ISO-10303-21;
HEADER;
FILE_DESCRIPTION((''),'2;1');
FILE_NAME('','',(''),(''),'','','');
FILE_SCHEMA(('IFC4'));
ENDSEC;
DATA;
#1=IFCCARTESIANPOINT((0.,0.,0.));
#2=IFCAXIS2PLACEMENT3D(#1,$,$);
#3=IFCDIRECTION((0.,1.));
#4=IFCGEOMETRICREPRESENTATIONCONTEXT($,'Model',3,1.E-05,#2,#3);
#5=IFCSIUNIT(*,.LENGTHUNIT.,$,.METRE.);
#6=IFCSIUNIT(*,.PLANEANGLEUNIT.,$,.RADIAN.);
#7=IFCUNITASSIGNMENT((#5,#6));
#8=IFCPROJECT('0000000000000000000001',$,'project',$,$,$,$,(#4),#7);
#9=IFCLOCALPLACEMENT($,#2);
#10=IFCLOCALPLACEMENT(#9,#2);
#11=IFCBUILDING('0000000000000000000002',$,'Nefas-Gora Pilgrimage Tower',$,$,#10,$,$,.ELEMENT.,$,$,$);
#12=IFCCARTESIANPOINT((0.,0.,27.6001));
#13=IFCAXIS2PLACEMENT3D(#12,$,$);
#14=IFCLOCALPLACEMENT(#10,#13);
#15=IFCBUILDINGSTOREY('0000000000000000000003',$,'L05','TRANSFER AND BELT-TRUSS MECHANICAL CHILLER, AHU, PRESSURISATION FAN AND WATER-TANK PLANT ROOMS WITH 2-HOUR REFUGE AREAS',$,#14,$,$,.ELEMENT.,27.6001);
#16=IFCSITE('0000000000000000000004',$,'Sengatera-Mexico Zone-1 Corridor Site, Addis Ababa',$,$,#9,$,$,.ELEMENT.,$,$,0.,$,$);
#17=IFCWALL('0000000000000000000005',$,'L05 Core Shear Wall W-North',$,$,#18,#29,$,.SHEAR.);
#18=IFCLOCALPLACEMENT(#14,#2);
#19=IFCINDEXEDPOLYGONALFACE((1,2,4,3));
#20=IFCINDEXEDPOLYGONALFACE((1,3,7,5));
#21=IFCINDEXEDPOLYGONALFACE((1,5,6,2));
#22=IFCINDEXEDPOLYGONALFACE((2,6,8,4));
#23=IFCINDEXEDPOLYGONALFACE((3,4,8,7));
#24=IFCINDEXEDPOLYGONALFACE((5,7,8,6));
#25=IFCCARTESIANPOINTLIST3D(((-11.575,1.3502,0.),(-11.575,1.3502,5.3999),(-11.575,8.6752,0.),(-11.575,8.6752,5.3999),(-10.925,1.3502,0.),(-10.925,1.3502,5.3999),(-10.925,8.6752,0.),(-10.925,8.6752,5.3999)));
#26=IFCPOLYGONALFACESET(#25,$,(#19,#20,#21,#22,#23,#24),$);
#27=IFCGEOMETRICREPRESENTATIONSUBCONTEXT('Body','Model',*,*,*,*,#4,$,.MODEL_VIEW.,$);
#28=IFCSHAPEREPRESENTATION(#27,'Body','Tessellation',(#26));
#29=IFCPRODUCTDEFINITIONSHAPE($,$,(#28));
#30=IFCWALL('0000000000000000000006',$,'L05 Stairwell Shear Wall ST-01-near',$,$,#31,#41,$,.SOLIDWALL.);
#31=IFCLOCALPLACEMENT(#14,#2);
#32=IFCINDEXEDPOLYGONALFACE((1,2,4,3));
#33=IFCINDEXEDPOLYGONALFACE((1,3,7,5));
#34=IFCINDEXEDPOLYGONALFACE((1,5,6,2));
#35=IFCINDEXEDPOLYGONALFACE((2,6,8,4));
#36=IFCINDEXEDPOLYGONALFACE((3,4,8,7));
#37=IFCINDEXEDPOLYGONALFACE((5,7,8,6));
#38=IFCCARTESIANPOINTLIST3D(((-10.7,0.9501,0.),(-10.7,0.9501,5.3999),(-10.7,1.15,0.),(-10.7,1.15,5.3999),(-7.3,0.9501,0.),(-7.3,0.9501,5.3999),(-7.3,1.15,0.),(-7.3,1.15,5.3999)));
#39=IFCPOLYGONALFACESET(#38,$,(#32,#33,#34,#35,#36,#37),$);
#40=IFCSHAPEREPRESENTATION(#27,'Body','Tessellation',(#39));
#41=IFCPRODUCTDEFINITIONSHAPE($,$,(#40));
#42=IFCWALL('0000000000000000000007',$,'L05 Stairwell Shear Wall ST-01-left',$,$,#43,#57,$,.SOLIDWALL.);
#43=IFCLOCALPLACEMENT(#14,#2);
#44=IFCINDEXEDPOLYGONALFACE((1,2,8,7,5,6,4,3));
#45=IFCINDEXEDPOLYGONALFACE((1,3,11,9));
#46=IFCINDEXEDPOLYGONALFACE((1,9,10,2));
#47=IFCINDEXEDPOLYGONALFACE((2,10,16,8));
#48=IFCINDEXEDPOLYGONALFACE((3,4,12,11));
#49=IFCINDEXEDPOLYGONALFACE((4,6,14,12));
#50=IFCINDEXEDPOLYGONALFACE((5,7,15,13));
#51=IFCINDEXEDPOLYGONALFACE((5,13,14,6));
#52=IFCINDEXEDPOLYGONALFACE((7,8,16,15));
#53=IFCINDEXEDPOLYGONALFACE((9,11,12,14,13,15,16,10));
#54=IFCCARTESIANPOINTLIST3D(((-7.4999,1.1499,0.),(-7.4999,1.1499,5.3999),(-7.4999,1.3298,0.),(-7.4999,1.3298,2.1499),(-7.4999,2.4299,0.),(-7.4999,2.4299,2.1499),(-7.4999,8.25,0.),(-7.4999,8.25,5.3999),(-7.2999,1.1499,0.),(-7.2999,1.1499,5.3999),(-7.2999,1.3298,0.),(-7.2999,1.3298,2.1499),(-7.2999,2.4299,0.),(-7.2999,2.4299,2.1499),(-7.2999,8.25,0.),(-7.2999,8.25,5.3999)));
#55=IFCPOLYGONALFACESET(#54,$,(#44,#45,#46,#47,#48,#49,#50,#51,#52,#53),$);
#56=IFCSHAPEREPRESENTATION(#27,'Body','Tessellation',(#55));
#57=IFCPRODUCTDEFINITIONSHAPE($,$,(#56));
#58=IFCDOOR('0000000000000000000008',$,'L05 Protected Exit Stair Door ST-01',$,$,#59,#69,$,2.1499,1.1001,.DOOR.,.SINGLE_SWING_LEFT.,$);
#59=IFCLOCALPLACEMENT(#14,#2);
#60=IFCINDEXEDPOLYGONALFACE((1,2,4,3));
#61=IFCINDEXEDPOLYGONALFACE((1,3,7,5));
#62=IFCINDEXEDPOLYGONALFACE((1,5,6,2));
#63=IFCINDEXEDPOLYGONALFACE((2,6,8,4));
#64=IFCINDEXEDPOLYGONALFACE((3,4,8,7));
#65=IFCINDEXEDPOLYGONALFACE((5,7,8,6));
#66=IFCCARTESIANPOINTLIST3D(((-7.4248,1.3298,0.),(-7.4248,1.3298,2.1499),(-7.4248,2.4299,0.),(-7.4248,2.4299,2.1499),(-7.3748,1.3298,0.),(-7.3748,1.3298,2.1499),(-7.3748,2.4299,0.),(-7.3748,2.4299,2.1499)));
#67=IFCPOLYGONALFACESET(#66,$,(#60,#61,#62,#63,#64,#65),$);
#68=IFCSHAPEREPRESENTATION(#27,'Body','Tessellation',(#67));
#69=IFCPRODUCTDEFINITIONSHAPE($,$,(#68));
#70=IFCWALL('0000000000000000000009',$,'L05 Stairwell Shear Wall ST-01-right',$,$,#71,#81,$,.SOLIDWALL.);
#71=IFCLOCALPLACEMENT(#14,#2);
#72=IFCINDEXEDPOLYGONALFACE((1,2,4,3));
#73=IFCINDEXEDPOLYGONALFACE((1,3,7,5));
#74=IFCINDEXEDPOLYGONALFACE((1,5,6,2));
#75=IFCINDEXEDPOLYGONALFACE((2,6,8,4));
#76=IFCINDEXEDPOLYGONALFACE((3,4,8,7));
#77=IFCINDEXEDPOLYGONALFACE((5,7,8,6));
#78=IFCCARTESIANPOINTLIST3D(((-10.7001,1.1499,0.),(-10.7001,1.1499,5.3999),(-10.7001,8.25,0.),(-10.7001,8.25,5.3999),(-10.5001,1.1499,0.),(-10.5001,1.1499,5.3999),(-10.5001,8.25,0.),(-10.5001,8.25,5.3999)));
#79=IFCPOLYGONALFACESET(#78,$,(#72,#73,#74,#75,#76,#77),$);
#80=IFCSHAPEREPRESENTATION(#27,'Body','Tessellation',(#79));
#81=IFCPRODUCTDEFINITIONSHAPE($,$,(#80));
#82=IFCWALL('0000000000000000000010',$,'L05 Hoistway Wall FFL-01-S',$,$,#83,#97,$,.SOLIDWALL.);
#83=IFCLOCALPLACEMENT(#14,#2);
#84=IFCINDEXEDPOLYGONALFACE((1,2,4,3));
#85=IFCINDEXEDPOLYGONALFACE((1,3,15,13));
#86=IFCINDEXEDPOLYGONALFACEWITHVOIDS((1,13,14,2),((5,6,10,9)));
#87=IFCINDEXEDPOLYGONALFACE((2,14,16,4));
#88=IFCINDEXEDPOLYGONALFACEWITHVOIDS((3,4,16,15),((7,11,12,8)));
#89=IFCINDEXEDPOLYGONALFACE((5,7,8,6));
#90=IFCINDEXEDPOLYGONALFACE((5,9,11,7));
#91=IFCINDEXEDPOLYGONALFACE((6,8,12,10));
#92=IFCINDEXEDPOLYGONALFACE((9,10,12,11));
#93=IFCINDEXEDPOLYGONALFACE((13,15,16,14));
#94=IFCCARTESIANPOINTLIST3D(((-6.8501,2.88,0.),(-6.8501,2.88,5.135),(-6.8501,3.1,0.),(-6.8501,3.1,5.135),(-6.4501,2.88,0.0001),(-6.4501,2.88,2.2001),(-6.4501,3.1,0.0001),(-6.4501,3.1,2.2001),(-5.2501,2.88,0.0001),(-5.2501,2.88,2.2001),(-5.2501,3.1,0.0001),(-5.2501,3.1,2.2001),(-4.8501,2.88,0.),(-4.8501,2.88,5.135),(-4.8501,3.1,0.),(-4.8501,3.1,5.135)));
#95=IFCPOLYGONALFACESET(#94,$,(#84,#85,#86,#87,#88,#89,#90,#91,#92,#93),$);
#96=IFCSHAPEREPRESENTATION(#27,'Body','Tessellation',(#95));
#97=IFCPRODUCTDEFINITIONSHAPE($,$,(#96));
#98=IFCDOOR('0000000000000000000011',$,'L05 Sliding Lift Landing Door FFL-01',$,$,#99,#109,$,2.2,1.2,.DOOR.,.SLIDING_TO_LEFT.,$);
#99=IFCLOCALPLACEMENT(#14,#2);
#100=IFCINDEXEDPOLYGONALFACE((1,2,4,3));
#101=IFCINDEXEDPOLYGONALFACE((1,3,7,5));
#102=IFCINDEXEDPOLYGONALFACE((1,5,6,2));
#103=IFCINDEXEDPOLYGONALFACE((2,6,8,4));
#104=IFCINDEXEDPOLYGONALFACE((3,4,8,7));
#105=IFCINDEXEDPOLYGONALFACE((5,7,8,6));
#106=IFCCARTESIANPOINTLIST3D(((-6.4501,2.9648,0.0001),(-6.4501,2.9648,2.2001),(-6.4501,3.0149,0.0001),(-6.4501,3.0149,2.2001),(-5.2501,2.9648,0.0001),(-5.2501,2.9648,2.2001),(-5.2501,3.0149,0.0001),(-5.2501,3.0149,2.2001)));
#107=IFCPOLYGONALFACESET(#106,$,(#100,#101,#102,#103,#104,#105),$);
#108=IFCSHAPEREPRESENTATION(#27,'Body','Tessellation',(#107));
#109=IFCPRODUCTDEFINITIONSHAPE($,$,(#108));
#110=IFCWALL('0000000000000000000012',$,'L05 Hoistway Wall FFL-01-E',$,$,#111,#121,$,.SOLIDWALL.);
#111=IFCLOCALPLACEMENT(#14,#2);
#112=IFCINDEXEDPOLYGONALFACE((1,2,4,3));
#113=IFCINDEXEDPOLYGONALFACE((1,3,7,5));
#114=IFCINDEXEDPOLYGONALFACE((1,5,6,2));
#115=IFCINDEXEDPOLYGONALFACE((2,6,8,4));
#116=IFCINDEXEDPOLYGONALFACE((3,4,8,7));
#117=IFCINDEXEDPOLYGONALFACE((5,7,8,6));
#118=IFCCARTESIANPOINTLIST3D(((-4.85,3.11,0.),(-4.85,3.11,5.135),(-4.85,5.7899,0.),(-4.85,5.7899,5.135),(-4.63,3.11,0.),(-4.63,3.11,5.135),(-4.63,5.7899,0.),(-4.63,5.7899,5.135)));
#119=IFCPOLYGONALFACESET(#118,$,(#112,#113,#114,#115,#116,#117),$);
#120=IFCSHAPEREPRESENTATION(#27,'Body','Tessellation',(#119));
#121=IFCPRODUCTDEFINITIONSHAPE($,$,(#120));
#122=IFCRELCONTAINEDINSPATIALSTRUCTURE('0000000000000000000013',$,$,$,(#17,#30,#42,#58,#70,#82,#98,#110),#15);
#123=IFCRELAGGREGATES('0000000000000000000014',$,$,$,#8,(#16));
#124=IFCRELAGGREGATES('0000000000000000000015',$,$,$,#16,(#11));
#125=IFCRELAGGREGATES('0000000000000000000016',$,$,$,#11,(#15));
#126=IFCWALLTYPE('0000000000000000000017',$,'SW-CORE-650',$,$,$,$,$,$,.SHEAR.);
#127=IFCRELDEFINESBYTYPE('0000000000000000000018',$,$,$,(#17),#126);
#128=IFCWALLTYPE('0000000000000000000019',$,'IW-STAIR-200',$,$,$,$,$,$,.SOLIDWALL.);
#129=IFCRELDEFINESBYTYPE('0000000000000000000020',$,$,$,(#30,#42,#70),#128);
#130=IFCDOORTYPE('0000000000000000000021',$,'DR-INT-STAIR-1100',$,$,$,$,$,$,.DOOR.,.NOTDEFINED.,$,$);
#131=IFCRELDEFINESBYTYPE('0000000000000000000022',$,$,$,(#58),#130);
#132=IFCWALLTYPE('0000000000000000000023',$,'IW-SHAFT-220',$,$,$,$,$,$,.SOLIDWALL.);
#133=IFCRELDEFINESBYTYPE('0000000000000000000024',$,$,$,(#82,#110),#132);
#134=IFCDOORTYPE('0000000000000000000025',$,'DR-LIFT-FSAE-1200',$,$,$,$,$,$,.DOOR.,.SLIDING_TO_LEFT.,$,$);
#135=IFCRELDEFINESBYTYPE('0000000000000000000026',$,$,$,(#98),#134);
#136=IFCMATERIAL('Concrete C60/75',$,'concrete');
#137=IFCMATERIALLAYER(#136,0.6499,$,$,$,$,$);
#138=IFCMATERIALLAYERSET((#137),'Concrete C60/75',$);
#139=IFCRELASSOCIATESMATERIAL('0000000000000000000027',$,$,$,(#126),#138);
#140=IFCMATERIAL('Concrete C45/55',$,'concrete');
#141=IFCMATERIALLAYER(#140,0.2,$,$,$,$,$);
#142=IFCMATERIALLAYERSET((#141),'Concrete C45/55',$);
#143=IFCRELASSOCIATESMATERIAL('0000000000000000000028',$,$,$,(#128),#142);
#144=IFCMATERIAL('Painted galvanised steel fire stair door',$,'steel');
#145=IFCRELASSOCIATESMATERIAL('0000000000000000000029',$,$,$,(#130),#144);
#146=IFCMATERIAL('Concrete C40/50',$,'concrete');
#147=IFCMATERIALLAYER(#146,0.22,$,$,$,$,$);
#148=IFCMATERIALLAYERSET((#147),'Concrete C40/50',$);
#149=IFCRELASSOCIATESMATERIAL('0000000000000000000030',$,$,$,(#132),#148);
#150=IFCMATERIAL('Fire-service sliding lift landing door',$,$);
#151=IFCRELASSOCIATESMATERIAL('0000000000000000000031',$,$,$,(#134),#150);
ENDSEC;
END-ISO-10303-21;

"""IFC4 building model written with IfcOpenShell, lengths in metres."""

from ifc_helpers import new_model, si_unit, direction, frame, frame_2d, origin, place, context, subcontext, project, spatial, rectangle, extrude, source, transform, mapped, material, layer, layer_set, type_object, element, fill, save


model = new_model("IFC4")

# Units and contexts
model_context = context("Model", 3, precision=1e-05, world=origin(), true_north=direction((0.0, 1.0)))
body_context = subcontext(model_context, "Body", "Model", "MODEL_VIEW")
ifc_project = project(units=[si_unit("LENGTHUNIT", "METRE"), si_unit("PLANEANGLEUNIT", "RADIAN")], contexts=[model_context])

# Site, building, storey
site_placement = place(None, origin())
site = spatial("IfcSite", under=ifc_project, at=site_placement, Name="Sengatera-Mexico Zone-1 Corridor Site, Addis Ababa", CompositionType="ELEMENT", RefElevation=0.0)
building_placement = place(site_placement, origin())
building = spatial("IfcBuilding", under=site, at=building_placement, Name="Nefas-Gora Pilgrimage Tower", CompositionType="ELEMENT")
storey_placement = place(building_placement, frame((0.0, 0.0, 27.6001)))
storey = spatial("IfcBuildingStorey", under=building, at=storey_placement, Name="L05", Description="TRANSFER AND BELT-TRUSS MECHANICAL CHILLER, AHU, PRESSURISATION FAN AND WATER-TANK PLANT ROOMS WITH 2-HOUR REFUGE AREAS", CompositionType="ELEMENT", Elevation=27.6001)

# Walls
ifc_material_1 = material(Name="Concrete C60/75", Category="concrete")
ifc_layer_1 = layer(ifc_material_1, 0.6499)
ifc_layer_set_1 = layer_set([ifc_layer_1], Name="Concrete C60/75")
wall_type_1 = type_object("IfcWallType", Name="SW-CORE-650", PredefinedType="SHEAR", material=ifc_layer_set_1)
shared_shape_1 = source(origin(), body_context, "Body", "SweptSolid", [
    extrude(rectangle(XDim=7.325, YDim=0.6499, at=frame_2d((3.6626, 0.0))), origin(), (0.0, 0.0, 1.0), 5.3999),
])
wall_1_placement = place(storey_placement, frame((-11.25, 1.3501, 0.0), z_axis=(0.0, 0.0, 1.0), x_axis=(0.0, 1.0, 0.0)))
element("IfcWall", 1, at=wall_1_placement, inside=storey, type_object=wall_type_1, Name="L05 Core Shear Wall W-North", PredefinedType="SHEAR", context=body_context, shape_type="MappedRepresentation", body=[
    mapped(shared_shape_1, transform((0.0, 0.0, 0.0), x_axis=(1.0, 0.0, 0.0), y_axis=(0.0, 1.0, 0.0), z_axis=(0.0, 0.0, 1.0), scale=1.0)),
])
ifc_material_2 = material(Name="Concrete C45/55", Category="concrete")
ifc_layer_2 = layer(ifc_material_2, 0.2)
ifc_layer_set_2 = layer_set([ifc_layer_2], Name="Concrete C45/55")
wall_type_2 = type_object("IfcWallType", Name="IW-STAIR-200", PredefinedType="SOLIDWALL", material=ifc_layer_set_2)
shared_shape_2 = source(origin(), body_context, "Body", "SweptSolid", [
    extrude(rectangle(XDim=3.3999, YDim=0.2, at=frame_2d((1.7, 0.0))), origin(), (0.0, 0.0, 1.0), 5.3999),
])
wall_2_placement = place(storey_placement, frame((-7.3, 1.05, 0.0), z_axis=(0.0, 0.0, 1.0), x_axis=(-1.0, 0.0, 0.0)))
element("IfcWall", 2, at=wall_2_placement, inside=storey, type_object=wall_type_2, Name="L05 Stairwell Shear Wall ST-01-near", PredefinedType="SOLIDWALL", context=body_context, shape_type="MappedRepresentation", body=[
    mapped(shared_shape_2, transform((0.0, 0.0, 0.0), x_axis=(1.0, 0.0, 0.0), y_axis=(0.0, 1.0, 0.0), z_axis=(0.0, 0.0, 1.0), scale=1.0)),
])

# Wall, opening, door
shared_shape_3 = source(origin(), body_context, "Body", "SweptSolid", [
    extrude(rectangle(XDim=7.1001, YDim=0.2, at=frame_2d((3.55, 0.0))), origin(), (0.0, 0.0, 1.0), 5.3999),
])
wall_3_placement = place(storey_placement, frame((-7.3999, 1.1499, 0.0), z_axis=(0.0, 0.0, 1.0), x_axis=(0.0, 1.0, 0.0)))
wall_3 = element("IfcWall", 3, at=wall_3_placement, inside=storey, type_object=wall_type_2, Name="L05 Stairwell Shear Wall ST-01-left", PredefinedType="SOLIDWALL", context=body_context, shape_type="MappedRepresentation", body=[
    mapped(shared_shape_3, transform((0.0, 0.0, 0.0), x_axis=(1.0, 0.0, 0.0), y_axis=(0.0, 1.0, 0.0), z_axis=(0.0, 0.0, 1.0), scale=1.0)),
])
opening_1_placement = place(wall_3_placement, frame((0.1799, 0.0, 0.0)))
opening_1 = element("IfcOpeningElement", 4, at=opening_1_placement, cuts=wall_3, PredefinedType="OPENING", context=body_context, shape_type="SweptSolid", body=[
    extrude(rectangle(XDim=1.1001, YDim=2.1499, at=frame_2d((0.55, 1.075))), frame((0.0, 0.1099, 0.0), z_axis=(0.0, -1.0, 0.0), x_axis=(1.0, 0.0, 0.0)), (0.0, 0.0, 1.0), 0.22),
])
ifc_material_3 = material(Name="Painted galvanised steel fire stair door", Category="steel")
door_type_1 = type_object("IfcDoorType", Name="DR-INT-STAIR-1100", OperationType="NOTDEFINED", PredefinedType="DOOR", material=ifc_material_3)
shared_shape_4 = source(origin(), body_context, "Body", "SweptSolid", [
    extrude(rectangle(XDim=1.1001, YDim=2.1499, at=frame_2d((0.55, 1.075))), frame((0.0, 0.0249, 0.0), z_axis=(0.0, -1.0, 0.0), x_axis=(1.0, 0.0, 0.0)), (0.0, 0.0, 1.0), 0.05),
])
door_1_placement = place(opening_1_placement, origin())
door_1 = element("IfcDoor", 5, at=door_1_placement, inside=storey, type_object=door_type_1, Name="L05 Protected Exit Stair Door ST-01", OperationType="SINGLE_SWING_LEFT", OverallHeight=2.1499, OverallWidth=1.1001, PredefinedType="DOOR", context=body_context, shape_type="MappedRepresentation", body=[
    mapped(shared_shape_4, transform((0.0, 0.0, 0.0), x_axis=(1.0, 0.0, 0.0), y_axis=(0.0, 1.0, 0.0), z_axis=(0.0, 0.0, 1.0), scale=1.0)),
])
fill(opening_1, door_1)

# Wall
wall_4_placement = place(storey_placement, frame((-10.6001, 1.1499, 0.0), z_axis=(0.0, 0.0, 1.0), x_axis=(0.0, 1.0, 0.0)))
element("IfcWall", 6, at=wall_4_placement, inside=storey, type_object=wall_type_2, Name="L05 Stairwell Shear Wall ST-01-right", PredefinedType="SOLIDWALL", context=body_context, shape_type="MappedRepresentation", body=[
    mapped(shared_shape_3, transform((0.0, 0.0, 0.0), x_axis=(1.0, 0.0, 0.0), y_axis=(0.0, 1.0, 0.0), z_axis=(0.0, 0.0, 1.0), scale=1.0)),
])

# Wall, opening, door
ifc_material_4 = material(Name="Concrete C40/50", Category="concrete")
ifc_layer_3 = layer(ifc_material_4, 0.22)
ifc_layer_set_3 = layer_set([ifc_layer_3], Name="Concrete C40/50")
wall_type_3 = type_object("IfcWallType", Name="IW-SHAFT-220", PredefinedType="SOLIDWALL", material=ifc_layer_set_3)
shared_shape_5 = source(origin(), body_context, "Body", "SweptSolid", [
    extrude(rectangle(XDim=2.0, YDim=0.22, at=frame_2d((1.0, 0.0))), origin(), (0.0, 0.0, 1.0), 5.135),
])
wall_5_placement = place(storey_placement, frame((-6.8501, 2.99, 0.0), z_axis=(0.0, 0.0, 1.0), x_axis=(1.0, 0.0, 0.0)))
wall_5 = element("IfcWall", 7, at=wall_5_placement, inside=storey, type_object=wall_type_3, Name="L05 Hoistway Wall FFL-01-S", PredefinedType="SOLIDWALL", context=body_context, shape_type="MappedRepresentation", body=[
    mapped(shared_shape_5, transform((0.0, 0.0, 0.0), x_axis=(1.0, 0.0, 0.0), y_axis=(0.0, 1.0, 0.0), z_axis=(0.0, 0.0, 1.0), scale=1.0)),
])
opening_2_placement = place(wall_5_placement, frame((0.3999, 0.0, 0.0)))
opening_2 = element("IfcOpeningElement", 8, at=opening_2_placement, cuts=wall_5, PredefinedType="OPENING", context=body_context, shape_type="SweptSolid", body=[
    extrude(rectangle(XDim=1.2, YDim=2.2, at=frame_2d((0.6001, 1.1001))), frame((0.0, 0.1199, 0.0), z_axis=(0.0, -1.0, 0.0), x_axis=(1.0, 0.0, 0.0)), (0.0, 0.0, 1.0), 0.24),
])
ifc_material_5 = material(Name="Fire-service sliding lift landing door")
door_type_2 = type_object("IfcDoorType", Name="DR-LIFT-FSAE-1200", OperationType="SLIDING_TO_LEFT", PredefinedType="DOOR", material=ifc_material_5)
shared_shape_6 = source(origin(), body_context, "Body", "SweptSolid", [
    extrude(rectangle(XDim=1.2, YDim=2.2, at=frame_2d((0.6001, 1.1001))), frame((0.0, 0.0249, 0.0), z_axis=(0.0, -1.0, 0.0), x_axis=(1.0, 0.0, 0.0)), (0.0, 0.0, 1.0), 0.05),
])
door_2_placement = place(opening_2_placement, origin())
door_2 = element("IfcDoor", 9, at=door_2_placement, inside=storey, type_object=door_type_2, Name="L05 Sliding Lift Landing Door FFL-01", OperationType="SLIDING_TO_LEFT", OverallHeight=2.2, OverallWidth=1.2, PredefinedType="DOOR", context=body_context, shape_type="MappedRepresentation", body=[
    mapped(shared_shape_6, transform((0.0, 0.0, 0.0), x_axis=(1.0, 0.0, 0.0), y_axis=(0.0, 1.0, 0.0), z_axis=(0.0, 0.0, 1.0), scale=1.0)),
])
fill(opening_2, door_2)

# Wall
shared_shape_7 = source(origin(), body_context, "Body", "SweptSolid", [
    extrude(rectangle(XDim=2.6799, YDim=0.22, at=frame_2d((1.3398, 0.0))), origin(), (0.0, 0.0, 1.0), 5.135),
])
wall_6_placement = place(storey_placement, frame((-4.74, 3.1101, 0.0), z_axis=(0.0, 0.0, 1.0), x_axis=(0.0, 1.0, 0.0)))
element("IfcWall", 10, at=wall_6_placement, inside=storey, type_object=wall_type_3, Name="L05 Hoistway Wall FFL-01-E", PredefinedType="SOLIDWALL", context=body_context, shape_type="MappedRepresentation", body=[
    mapped(shared_shape_7, transform((0.0, 0.0, 0.0), x_axis=(1.0, 0.0, 0.0), y_axis=(0.0, 1.0, 0.0), z_axis=(0.0, 0.0, 1.0), scale=1.0)),
])

save(model, "model.ifc")
